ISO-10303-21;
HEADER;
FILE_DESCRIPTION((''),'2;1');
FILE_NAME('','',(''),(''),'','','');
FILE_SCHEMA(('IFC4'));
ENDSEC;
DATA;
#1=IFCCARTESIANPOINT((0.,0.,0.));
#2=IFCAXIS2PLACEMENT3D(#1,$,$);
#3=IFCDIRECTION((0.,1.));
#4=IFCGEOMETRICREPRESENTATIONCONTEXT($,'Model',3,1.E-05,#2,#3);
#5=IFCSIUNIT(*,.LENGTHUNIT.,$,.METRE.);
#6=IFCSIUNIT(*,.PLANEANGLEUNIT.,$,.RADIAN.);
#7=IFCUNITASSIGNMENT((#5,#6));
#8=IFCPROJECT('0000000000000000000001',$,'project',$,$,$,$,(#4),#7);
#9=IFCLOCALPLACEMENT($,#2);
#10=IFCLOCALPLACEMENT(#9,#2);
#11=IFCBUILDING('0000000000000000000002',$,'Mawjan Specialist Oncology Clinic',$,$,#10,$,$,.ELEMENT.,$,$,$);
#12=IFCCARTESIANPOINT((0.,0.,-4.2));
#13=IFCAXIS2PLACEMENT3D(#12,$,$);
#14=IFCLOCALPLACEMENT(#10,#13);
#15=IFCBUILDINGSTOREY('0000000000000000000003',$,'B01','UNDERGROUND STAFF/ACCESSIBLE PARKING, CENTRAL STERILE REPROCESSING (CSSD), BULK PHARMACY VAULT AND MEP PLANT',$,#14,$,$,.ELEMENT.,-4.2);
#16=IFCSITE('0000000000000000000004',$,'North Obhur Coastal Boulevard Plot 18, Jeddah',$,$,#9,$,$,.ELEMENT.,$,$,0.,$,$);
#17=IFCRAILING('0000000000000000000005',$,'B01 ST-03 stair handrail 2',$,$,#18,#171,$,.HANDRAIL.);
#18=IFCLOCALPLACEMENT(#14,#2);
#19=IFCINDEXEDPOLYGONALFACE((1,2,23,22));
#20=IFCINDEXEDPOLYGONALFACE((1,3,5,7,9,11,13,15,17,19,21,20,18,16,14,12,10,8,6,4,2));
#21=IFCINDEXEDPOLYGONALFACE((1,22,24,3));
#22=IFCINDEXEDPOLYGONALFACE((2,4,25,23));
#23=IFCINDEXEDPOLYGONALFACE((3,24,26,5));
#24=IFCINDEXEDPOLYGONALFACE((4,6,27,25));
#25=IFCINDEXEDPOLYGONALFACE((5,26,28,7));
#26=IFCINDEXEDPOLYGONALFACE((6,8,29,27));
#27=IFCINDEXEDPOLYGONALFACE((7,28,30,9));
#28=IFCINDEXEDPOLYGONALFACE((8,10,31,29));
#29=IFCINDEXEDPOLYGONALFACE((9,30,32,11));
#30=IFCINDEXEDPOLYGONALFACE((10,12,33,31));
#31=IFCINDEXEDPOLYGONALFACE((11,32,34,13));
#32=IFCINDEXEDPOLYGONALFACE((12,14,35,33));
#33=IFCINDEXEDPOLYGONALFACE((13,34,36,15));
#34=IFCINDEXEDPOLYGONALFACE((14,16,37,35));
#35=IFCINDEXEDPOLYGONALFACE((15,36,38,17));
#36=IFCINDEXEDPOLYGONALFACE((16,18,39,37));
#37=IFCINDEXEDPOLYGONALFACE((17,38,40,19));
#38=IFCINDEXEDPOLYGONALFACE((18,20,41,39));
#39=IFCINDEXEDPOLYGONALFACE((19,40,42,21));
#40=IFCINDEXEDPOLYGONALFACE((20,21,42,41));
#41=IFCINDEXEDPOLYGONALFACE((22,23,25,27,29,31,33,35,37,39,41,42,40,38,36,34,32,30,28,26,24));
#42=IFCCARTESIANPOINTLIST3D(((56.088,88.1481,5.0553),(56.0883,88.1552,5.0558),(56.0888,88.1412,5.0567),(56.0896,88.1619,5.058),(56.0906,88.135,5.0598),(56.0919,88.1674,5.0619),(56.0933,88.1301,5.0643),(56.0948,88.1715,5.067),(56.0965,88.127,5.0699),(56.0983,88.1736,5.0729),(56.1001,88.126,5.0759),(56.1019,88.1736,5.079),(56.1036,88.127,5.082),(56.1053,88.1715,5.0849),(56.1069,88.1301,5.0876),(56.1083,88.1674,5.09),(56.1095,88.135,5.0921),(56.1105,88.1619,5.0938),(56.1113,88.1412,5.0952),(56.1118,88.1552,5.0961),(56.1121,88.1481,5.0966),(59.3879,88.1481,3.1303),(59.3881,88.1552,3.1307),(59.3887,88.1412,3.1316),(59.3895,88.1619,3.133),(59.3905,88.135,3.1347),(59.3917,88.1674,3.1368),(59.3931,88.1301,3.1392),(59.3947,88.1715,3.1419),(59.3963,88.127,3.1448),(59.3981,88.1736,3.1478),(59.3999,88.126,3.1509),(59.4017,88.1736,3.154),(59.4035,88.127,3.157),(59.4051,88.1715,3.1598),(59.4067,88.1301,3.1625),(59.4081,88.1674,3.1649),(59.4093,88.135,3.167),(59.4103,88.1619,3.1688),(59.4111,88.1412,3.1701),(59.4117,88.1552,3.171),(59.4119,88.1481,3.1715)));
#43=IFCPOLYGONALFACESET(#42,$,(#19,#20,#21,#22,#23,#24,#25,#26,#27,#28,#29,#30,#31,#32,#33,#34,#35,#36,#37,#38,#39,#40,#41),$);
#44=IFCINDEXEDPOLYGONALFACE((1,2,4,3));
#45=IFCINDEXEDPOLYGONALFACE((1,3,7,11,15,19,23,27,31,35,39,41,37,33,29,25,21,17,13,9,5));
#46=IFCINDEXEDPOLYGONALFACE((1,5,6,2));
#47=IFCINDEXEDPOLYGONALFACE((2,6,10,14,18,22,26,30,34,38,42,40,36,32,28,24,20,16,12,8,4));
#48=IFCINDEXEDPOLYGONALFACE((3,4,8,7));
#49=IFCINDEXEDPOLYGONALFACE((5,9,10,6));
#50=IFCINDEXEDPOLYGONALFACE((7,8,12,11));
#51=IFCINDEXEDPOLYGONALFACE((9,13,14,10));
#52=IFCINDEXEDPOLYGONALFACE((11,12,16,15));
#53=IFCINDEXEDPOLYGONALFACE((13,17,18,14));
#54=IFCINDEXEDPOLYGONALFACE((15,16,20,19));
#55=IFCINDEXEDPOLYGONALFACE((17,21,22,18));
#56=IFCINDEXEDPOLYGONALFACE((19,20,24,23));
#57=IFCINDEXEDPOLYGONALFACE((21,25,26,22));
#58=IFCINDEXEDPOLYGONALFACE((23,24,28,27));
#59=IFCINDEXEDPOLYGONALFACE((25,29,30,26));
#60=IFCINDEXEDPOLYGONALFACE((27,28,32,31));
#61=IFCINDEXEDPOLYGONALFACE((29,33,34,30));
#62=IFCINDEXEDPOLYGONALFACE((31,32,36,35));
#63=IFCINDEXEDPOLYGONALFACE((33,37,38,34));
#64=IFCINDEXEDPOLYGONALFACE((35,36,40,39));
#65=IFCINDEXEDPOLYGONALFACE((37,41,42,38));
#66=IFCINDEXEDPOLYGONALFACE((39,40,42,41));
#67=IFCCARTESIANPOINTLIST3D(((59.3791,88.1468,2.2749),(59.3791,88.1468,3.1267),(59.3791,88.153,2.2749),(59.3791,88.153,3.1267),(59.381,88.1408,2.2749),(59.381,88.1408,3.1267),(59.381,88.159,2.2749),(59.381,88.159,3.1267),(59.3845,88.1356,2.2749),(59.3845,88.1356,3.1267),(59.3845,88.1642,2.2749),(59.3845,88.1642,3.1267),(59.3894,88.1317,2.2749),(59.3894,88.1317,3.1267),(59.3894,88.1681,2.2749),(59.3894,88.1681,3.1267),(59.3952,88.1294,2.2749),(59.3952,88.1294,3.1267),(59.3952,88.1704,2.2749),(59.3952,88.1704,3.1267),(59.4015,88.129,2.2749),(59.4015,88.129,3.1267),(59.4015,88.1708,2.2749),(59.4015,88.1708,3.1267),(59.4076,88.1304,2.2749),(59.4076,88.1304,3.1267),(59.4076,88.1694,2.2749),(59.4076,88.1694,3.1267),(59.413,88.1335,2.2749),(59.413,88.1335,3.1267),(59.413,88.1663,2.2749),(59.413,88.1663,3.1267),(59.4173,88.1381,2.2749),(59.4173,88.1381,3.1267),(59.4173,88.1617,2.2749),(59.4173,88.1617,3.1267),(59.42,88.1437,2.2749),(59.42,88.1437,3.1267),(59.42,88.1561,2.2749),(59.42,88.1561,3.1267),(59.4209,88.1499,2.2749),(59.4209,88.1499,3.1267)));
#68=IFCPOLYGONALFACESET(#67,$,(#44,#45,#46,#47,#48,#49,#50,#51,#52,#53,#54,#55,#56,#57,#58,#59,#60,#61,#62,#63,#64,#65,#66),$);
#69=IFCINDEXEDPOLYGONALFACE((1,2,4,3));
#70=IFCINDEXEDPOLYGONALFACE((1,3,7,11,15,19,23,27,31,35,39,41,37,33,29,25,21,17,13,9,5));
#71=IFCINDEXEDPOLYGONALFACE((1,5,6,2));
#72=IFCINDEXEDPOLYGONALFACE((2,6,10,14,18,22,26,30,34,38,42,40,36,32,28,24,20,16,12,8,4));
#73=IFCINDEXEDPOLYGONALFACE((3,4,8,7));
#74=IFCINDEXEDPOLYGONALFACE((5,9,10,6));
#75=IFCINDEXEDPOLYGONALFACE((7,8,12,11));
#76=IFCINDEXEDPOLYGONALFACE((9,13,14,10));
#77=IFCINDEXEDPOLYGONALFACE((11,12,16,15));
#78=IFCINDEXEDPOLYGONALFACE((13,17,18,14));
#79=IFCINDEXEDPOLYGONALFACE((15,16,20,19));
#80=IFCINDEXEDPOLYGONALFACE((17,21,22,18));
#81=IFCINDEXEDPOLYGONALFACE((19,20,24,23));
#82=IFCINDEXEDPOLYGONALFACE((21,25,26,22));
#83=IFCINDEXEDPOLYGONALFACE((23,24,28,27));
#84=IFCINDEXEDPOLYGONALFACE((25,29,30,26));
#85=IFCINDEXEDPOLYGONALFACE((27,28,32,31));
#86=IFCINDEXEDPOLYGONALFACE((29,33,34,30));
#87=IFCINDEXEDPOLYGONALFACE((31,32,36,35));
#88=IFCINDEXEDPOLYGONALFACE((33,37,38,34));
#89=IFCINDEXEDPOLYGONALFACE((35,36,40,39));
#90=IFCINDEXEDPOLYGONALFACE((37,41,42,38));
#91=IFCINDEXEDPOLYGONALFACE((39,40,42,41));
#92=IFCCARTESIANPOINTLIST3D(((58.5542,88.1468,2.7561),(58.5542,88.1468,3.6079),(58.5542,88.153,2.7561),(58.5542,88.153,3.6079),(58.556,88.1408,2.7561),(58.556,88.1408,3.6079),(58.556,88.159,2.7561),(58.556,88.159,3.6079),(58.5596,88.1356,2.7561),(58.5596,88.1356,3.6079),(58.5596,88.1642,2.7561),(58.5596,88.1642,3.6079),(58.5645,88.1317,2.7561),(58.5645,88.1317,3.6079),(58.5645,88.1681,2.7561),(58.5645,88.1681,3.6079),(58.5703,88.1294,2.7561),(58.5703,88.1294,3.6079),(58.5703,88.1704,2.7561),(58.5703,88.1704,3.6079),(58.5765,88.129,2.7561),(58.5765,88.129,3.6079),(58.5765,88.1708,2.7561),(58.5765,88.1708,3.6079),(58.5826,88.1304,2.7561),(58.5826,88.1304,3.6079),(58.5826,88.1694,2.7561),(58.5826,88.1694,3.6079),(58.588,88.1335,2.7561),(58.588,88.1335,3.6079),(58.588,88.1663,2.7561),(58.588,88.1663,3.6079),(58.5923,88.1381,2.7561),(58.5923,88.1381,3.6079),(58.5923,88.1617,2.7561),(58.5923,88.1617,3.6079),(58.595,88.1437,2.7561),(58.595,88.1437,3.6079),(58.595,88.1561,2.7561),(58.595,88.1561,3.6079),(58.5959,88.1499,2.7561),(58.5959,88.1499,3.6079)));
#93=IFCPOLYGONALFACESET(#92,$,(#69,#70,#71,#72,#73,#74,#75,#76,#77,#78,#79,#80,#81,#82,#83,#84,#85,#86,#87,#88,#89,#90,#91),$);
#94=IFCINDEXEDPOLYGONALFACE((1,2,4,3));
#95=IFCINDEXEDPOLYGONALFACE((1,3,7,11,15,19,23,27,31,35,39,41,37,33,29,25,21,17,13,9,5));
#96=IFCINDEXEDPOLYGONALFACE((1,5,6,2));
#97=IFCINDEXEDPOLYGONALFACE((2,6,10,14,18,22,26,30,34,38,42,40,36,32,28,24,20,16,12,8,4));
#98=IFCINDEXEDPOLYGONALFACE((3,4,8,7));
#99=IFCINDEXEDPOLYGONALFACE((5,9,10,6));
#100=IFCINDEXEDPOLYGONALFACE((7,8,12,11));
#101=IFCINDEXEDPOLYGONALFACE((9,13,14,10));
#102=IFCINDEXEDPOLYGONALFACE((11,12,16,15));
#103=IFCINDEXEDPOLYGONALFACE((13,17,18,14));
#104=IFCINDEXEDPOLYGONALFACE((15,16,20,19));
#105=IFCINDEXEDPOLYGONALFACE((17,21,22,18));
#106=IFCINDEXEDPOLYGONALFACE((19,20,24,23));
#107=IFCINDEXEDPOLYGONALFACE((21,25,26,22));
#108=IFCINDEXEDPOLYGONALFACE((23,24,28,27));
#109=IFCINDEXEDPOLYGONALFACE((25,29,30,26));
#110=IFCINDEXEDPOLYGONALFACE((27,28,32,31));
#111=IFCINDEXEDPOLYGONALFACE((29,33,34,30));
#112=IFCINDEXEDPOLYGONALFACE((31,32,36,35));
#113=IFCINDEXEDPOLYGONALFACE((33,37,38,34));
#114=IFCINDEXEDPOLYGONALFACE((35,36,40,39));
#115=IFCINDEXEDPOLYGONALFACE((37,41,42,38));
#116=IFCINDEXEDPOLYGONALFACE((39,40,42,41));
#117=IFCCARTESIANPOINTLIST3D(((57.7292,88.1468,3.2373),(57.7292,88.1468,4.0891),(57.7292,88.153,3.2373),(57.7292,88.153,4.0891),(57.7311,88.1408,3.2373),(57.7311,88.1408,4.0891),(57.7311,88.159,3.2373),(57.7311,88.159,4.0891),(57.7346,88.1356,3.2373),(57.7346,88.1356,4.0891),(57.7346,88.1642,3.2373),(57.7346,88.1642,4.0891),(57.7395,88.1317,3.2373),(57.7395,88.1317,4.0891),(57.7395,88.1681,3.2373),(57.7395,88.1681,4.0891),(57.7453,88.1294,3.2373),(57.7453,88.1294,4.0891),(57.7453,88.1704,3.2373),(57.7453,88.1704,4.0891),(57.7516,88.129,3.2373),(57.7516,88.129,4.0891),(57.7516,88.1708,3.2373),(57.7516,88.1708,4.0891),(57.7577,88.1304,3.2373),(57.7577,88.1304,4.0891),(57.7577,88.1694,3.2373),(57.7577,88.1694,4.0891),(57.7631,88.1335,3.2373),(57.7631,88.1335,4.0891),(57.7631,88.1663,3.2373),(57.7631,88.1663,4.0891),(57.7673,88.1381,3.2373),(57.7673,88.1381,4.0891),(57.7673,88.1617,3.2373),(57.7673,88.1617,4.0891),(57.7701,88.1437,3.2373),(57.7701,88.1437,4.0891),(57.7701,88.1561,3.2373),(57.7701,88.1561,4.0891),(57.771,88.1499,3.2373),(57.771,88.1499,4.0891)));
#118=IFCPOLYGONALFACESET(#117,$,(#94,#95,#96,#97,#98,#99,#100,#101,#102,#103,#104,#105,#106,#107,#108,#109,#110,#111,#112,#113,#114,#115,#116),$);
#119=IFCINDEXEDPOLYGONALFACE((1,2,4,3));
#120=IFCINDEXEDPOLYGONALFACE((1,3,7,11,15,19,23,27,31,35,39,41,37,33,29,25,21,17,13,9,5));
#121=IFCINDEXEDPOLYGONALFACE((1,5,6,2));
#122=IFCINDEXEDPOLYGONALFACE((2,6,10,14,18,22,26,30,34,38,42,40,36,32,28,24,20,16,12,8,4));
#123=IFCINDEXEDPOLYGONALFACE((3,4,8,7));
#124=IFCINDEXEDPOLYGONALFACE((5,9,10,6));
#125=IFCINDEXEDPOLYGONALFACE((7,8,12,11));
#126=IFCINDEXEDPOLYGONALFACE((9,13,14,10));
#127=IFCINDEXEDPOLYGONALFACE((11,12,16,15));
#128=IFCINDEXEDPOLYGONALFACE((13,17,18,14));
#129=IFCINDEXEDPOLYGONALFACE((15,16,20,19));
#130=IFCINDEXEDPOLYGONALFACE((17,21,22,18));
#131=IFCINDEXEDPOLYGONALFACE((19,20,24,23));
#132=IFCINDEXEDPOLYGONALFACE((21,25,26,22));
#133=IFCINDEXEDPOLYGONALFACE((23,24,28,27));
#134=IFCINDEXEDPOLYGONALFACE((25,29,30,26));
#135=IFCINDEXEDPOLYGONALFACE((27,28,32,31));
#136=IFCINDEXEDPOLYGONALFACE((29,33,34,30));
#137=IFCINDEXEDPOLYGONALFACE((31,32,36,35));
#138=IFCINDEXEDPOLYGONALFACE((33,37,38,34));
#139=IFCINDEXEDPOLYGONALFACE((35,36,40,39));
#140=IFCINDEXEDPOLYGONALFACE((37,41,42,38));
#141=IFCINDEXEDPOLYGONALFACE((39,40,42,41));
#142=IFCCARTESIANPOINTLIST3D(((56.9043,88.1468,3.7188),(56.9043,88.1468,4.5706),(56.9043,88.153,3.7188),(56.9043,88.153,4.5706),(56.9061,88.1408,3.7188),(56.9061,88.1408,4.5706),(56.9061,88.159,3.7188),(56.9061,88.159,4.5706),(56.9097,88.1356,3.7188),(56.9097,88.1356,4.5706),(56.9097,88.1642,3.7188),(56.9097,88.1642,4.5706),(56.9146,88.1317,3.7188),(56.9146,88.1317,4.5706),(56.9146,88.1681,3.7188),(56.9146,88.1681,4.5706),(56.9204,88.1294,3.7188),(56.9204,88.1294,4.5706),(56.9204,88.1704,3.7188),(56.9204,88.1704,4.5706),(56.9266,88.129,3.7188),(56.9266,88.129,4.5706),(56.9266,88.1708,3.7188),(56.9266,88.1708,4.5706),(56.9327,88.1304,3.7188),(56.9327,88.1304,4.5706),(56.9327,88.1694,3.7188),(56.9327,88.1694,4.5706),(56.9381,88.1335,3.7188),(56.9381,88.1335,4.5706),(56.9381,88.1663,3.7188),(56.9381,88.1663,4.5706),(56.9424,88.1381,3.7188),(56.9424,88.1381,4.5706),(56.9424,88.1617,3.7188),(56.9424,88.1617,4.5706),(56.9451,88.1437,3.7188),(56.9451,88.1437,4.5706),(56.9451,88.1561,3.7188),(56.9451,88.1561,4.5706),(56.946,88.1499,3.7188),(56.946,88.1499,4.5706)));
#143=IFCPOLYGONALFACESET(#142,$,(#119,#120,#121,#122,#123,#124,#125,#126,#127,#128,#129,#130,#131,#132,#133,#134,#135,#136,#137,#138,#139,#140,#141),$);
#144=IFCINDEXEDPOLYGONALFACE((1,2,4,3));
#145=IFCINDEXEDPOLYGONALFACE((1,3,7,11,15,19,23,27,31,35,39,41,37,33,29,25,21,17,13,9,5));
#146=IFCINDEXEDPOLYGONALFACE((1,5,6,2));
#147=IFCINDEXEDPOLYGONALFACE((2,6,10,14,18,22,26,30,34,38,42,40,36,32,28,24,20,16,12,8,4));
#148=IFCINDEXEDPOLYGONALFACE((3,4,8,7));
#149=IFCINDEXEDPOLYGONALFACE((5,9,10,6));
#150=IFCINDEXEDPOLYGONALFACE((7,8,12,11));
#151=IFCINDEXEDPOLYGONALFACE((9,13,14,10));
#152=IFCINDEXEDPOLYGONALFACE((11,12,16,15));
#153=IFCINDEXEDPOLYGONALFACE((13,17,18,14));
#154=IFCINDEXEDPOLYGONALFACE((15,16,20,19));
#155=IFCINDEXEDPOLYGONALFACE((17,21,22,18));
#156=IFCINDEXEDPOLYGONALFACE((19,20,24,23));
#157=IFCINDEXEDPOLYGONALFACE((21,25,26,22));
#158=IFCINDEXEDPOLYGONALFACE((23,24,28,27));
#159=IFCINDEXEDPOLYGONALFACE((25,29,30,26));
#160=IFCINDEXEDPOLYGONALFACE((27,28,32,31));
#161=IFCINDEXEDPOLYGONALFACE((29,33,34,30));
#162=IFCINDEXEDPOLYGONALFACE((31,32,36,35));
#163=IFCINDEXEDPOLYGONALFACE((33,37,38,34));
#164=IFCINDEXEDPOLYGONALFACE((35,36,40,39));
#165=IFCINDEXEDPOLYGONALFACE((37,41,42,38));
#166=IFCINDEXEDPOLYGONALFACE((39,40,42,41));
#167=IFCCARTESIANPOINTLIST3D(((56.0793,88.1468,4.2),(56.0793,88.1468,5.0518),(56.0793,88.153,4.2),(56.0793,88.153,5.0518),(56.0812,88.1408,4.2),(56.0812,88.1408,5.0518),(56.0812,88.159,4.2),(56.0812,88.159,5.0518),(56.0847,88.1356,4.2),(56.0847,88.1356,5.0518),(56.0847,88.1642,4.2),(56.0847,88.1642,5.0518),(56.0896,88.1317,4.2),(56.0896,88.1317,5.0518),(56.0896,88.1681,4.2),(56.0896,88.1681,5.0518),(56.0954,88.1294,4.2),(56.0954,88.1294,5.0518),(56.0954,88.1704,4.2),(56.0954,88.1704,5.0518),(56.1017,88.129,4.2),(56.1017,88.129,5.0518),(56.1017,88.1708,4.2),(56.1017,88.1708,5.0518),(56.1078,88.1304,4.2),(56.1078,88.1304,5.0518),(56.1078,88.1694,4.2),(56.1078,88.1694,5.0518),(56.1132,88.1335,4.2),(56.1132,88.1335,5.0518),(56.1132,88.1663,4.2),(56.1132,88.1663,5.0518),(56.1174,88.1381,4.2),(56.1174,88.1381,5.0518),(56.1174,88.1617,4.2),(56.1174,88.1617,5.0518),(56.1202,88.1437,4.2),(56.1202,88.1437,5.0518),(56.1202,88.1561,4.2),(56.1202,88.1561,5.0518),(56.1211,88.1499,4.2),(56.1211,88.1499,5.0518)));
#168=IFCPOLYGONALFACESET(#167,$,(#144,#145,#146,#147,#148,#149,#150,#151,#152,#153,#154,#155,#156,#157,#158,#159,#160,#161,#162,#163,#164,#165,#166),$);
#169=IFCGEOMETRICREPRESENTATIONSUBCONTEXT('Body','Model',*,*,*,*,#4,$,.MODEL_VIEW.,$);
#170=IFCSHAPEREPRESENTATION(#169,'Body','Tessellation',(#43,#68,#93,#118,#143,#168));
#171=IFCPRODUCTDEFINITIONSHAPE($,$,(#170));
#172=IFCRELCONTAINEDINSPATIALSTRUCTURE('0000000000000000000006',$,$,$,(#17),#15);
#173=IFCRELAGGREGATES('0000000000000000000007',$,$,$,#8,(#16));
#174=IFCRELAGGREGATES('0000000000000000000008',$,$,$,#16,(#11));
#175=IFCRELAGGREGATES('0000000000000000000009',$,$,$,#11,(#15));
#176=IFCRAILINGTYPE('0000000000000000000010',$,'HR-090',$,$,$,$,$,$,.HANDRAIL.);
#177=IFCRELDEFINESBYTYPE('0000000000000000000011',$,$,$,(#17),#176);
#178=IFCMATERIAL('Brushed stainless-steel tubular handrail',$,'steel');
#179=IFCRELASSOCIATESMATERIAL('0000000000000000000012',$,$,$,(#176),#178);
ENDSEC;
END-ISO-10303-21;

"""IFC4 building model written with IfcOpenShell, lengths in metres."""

from ifc_helpers import new_model, si_unit, direction, frame, origin, origin_2d, place, context, subcontext, project, spatial, circle, extrude, material, type_object, element, save


model = new_model("IFC4")

# Units and contexts
model_context = context("Model", 3, precision=1e-05, world=origin(), true_north=direction((0.0, 1.0)))
body_context = subcontext(model_context, "Body", "Model", "MODEL_VIEW")
ifc_project = project(units=[si_unit("LENGTHUNIT", "METRE"), si_unit("PLANEANGLEUNIT", "RADIAN")], contexts=[model_context])

# Site, building, storey
site_placement = place(None, origin())
site = spatial("IfcSite", under=ifc_project, at=site_placement, Name="North Obhur Coastal Boulevard Plot 18, Jeddah", CompositionType="ELEMENT", RefElevation=0.0)
building_placement = place(site_placement, origin())
building = spatial("IfcBuilding", under=site, at=building_placement, Name="Mawjan Specialist Oncology Clinic", CompositionType="ELEMENT")
storey_placement = place(building_placement, frame((0.0, 0.0, -4.2)))
storey = spatial("IfcBuildingStorey", under=building, at=storey_placement, Name="B01", Description="UNDERGROUND STAFF/ACCESSIBLE PARKING, CENTRAL STERILE REPROCESSING (CSSD), BULK PHARMACY VAULT AND MEP PLANT", CompositionType="ELEMENT", Elevation=-4.2)

# Railing
ifc_material_1 = material(Name="Brushed stainless-steel tubular handrail", Category="steel")
railing_type_1 = type_object("IfcRailingType", Name="HR-090", PredefinedType="HANDRAIL", material=ifc_material_1)
railing_1_placement = place(storey_placement, frame((59.3999, 88.1499, 2.2749)))
element("IfcRailing", 1, at=railing_1_placement, inside=storey, type_object=railing_type_1, Name="B01 ST-03 stair handrail 2", PredefinedType="HANDRAIL", context=body_context, shape_type="SweptSolid", body=[
    extrude(circle(Radius=0.0239, at=origin_2d()), frame((0.0, 0.0, 0.876), z_axis=(-0.86376, 0.0, 0.503903), x_axis=(0.0, -1.0, 0.0)), (0.0, 0.0, 1.0), 3.8203),
    extrude(circle(Radius=0.021, at=origin_2d()), origin(), (0.0, 0.0, 1.0), 0.8518),
    extrude(circle(Radius=0.021, at=origin_2d()), frame((-0.825, 0.0, 0.4812)), (0.0, 0.0, 1.0), 0.8518),
    extrude(circle(Radius=0.021, at=origin_2d()), frame((-1.6499, 0.0, 0.9624)), (0.0, 0.0, 1.0), 0.8518),
    extrude(circle(Radius=0.021, at=origin_2d()), frame((-2.4749, 0.0, 1.4438)), (0.0, 0.0, 1.0), 0.8518),
    extrude(circle(Radius=0.021, at=origin_2d()), frame((-3.2998, 0.0, 1.925)), (0.0, 0.0, 1.0), 0.8518),
])

save(model, "model.ifc")
